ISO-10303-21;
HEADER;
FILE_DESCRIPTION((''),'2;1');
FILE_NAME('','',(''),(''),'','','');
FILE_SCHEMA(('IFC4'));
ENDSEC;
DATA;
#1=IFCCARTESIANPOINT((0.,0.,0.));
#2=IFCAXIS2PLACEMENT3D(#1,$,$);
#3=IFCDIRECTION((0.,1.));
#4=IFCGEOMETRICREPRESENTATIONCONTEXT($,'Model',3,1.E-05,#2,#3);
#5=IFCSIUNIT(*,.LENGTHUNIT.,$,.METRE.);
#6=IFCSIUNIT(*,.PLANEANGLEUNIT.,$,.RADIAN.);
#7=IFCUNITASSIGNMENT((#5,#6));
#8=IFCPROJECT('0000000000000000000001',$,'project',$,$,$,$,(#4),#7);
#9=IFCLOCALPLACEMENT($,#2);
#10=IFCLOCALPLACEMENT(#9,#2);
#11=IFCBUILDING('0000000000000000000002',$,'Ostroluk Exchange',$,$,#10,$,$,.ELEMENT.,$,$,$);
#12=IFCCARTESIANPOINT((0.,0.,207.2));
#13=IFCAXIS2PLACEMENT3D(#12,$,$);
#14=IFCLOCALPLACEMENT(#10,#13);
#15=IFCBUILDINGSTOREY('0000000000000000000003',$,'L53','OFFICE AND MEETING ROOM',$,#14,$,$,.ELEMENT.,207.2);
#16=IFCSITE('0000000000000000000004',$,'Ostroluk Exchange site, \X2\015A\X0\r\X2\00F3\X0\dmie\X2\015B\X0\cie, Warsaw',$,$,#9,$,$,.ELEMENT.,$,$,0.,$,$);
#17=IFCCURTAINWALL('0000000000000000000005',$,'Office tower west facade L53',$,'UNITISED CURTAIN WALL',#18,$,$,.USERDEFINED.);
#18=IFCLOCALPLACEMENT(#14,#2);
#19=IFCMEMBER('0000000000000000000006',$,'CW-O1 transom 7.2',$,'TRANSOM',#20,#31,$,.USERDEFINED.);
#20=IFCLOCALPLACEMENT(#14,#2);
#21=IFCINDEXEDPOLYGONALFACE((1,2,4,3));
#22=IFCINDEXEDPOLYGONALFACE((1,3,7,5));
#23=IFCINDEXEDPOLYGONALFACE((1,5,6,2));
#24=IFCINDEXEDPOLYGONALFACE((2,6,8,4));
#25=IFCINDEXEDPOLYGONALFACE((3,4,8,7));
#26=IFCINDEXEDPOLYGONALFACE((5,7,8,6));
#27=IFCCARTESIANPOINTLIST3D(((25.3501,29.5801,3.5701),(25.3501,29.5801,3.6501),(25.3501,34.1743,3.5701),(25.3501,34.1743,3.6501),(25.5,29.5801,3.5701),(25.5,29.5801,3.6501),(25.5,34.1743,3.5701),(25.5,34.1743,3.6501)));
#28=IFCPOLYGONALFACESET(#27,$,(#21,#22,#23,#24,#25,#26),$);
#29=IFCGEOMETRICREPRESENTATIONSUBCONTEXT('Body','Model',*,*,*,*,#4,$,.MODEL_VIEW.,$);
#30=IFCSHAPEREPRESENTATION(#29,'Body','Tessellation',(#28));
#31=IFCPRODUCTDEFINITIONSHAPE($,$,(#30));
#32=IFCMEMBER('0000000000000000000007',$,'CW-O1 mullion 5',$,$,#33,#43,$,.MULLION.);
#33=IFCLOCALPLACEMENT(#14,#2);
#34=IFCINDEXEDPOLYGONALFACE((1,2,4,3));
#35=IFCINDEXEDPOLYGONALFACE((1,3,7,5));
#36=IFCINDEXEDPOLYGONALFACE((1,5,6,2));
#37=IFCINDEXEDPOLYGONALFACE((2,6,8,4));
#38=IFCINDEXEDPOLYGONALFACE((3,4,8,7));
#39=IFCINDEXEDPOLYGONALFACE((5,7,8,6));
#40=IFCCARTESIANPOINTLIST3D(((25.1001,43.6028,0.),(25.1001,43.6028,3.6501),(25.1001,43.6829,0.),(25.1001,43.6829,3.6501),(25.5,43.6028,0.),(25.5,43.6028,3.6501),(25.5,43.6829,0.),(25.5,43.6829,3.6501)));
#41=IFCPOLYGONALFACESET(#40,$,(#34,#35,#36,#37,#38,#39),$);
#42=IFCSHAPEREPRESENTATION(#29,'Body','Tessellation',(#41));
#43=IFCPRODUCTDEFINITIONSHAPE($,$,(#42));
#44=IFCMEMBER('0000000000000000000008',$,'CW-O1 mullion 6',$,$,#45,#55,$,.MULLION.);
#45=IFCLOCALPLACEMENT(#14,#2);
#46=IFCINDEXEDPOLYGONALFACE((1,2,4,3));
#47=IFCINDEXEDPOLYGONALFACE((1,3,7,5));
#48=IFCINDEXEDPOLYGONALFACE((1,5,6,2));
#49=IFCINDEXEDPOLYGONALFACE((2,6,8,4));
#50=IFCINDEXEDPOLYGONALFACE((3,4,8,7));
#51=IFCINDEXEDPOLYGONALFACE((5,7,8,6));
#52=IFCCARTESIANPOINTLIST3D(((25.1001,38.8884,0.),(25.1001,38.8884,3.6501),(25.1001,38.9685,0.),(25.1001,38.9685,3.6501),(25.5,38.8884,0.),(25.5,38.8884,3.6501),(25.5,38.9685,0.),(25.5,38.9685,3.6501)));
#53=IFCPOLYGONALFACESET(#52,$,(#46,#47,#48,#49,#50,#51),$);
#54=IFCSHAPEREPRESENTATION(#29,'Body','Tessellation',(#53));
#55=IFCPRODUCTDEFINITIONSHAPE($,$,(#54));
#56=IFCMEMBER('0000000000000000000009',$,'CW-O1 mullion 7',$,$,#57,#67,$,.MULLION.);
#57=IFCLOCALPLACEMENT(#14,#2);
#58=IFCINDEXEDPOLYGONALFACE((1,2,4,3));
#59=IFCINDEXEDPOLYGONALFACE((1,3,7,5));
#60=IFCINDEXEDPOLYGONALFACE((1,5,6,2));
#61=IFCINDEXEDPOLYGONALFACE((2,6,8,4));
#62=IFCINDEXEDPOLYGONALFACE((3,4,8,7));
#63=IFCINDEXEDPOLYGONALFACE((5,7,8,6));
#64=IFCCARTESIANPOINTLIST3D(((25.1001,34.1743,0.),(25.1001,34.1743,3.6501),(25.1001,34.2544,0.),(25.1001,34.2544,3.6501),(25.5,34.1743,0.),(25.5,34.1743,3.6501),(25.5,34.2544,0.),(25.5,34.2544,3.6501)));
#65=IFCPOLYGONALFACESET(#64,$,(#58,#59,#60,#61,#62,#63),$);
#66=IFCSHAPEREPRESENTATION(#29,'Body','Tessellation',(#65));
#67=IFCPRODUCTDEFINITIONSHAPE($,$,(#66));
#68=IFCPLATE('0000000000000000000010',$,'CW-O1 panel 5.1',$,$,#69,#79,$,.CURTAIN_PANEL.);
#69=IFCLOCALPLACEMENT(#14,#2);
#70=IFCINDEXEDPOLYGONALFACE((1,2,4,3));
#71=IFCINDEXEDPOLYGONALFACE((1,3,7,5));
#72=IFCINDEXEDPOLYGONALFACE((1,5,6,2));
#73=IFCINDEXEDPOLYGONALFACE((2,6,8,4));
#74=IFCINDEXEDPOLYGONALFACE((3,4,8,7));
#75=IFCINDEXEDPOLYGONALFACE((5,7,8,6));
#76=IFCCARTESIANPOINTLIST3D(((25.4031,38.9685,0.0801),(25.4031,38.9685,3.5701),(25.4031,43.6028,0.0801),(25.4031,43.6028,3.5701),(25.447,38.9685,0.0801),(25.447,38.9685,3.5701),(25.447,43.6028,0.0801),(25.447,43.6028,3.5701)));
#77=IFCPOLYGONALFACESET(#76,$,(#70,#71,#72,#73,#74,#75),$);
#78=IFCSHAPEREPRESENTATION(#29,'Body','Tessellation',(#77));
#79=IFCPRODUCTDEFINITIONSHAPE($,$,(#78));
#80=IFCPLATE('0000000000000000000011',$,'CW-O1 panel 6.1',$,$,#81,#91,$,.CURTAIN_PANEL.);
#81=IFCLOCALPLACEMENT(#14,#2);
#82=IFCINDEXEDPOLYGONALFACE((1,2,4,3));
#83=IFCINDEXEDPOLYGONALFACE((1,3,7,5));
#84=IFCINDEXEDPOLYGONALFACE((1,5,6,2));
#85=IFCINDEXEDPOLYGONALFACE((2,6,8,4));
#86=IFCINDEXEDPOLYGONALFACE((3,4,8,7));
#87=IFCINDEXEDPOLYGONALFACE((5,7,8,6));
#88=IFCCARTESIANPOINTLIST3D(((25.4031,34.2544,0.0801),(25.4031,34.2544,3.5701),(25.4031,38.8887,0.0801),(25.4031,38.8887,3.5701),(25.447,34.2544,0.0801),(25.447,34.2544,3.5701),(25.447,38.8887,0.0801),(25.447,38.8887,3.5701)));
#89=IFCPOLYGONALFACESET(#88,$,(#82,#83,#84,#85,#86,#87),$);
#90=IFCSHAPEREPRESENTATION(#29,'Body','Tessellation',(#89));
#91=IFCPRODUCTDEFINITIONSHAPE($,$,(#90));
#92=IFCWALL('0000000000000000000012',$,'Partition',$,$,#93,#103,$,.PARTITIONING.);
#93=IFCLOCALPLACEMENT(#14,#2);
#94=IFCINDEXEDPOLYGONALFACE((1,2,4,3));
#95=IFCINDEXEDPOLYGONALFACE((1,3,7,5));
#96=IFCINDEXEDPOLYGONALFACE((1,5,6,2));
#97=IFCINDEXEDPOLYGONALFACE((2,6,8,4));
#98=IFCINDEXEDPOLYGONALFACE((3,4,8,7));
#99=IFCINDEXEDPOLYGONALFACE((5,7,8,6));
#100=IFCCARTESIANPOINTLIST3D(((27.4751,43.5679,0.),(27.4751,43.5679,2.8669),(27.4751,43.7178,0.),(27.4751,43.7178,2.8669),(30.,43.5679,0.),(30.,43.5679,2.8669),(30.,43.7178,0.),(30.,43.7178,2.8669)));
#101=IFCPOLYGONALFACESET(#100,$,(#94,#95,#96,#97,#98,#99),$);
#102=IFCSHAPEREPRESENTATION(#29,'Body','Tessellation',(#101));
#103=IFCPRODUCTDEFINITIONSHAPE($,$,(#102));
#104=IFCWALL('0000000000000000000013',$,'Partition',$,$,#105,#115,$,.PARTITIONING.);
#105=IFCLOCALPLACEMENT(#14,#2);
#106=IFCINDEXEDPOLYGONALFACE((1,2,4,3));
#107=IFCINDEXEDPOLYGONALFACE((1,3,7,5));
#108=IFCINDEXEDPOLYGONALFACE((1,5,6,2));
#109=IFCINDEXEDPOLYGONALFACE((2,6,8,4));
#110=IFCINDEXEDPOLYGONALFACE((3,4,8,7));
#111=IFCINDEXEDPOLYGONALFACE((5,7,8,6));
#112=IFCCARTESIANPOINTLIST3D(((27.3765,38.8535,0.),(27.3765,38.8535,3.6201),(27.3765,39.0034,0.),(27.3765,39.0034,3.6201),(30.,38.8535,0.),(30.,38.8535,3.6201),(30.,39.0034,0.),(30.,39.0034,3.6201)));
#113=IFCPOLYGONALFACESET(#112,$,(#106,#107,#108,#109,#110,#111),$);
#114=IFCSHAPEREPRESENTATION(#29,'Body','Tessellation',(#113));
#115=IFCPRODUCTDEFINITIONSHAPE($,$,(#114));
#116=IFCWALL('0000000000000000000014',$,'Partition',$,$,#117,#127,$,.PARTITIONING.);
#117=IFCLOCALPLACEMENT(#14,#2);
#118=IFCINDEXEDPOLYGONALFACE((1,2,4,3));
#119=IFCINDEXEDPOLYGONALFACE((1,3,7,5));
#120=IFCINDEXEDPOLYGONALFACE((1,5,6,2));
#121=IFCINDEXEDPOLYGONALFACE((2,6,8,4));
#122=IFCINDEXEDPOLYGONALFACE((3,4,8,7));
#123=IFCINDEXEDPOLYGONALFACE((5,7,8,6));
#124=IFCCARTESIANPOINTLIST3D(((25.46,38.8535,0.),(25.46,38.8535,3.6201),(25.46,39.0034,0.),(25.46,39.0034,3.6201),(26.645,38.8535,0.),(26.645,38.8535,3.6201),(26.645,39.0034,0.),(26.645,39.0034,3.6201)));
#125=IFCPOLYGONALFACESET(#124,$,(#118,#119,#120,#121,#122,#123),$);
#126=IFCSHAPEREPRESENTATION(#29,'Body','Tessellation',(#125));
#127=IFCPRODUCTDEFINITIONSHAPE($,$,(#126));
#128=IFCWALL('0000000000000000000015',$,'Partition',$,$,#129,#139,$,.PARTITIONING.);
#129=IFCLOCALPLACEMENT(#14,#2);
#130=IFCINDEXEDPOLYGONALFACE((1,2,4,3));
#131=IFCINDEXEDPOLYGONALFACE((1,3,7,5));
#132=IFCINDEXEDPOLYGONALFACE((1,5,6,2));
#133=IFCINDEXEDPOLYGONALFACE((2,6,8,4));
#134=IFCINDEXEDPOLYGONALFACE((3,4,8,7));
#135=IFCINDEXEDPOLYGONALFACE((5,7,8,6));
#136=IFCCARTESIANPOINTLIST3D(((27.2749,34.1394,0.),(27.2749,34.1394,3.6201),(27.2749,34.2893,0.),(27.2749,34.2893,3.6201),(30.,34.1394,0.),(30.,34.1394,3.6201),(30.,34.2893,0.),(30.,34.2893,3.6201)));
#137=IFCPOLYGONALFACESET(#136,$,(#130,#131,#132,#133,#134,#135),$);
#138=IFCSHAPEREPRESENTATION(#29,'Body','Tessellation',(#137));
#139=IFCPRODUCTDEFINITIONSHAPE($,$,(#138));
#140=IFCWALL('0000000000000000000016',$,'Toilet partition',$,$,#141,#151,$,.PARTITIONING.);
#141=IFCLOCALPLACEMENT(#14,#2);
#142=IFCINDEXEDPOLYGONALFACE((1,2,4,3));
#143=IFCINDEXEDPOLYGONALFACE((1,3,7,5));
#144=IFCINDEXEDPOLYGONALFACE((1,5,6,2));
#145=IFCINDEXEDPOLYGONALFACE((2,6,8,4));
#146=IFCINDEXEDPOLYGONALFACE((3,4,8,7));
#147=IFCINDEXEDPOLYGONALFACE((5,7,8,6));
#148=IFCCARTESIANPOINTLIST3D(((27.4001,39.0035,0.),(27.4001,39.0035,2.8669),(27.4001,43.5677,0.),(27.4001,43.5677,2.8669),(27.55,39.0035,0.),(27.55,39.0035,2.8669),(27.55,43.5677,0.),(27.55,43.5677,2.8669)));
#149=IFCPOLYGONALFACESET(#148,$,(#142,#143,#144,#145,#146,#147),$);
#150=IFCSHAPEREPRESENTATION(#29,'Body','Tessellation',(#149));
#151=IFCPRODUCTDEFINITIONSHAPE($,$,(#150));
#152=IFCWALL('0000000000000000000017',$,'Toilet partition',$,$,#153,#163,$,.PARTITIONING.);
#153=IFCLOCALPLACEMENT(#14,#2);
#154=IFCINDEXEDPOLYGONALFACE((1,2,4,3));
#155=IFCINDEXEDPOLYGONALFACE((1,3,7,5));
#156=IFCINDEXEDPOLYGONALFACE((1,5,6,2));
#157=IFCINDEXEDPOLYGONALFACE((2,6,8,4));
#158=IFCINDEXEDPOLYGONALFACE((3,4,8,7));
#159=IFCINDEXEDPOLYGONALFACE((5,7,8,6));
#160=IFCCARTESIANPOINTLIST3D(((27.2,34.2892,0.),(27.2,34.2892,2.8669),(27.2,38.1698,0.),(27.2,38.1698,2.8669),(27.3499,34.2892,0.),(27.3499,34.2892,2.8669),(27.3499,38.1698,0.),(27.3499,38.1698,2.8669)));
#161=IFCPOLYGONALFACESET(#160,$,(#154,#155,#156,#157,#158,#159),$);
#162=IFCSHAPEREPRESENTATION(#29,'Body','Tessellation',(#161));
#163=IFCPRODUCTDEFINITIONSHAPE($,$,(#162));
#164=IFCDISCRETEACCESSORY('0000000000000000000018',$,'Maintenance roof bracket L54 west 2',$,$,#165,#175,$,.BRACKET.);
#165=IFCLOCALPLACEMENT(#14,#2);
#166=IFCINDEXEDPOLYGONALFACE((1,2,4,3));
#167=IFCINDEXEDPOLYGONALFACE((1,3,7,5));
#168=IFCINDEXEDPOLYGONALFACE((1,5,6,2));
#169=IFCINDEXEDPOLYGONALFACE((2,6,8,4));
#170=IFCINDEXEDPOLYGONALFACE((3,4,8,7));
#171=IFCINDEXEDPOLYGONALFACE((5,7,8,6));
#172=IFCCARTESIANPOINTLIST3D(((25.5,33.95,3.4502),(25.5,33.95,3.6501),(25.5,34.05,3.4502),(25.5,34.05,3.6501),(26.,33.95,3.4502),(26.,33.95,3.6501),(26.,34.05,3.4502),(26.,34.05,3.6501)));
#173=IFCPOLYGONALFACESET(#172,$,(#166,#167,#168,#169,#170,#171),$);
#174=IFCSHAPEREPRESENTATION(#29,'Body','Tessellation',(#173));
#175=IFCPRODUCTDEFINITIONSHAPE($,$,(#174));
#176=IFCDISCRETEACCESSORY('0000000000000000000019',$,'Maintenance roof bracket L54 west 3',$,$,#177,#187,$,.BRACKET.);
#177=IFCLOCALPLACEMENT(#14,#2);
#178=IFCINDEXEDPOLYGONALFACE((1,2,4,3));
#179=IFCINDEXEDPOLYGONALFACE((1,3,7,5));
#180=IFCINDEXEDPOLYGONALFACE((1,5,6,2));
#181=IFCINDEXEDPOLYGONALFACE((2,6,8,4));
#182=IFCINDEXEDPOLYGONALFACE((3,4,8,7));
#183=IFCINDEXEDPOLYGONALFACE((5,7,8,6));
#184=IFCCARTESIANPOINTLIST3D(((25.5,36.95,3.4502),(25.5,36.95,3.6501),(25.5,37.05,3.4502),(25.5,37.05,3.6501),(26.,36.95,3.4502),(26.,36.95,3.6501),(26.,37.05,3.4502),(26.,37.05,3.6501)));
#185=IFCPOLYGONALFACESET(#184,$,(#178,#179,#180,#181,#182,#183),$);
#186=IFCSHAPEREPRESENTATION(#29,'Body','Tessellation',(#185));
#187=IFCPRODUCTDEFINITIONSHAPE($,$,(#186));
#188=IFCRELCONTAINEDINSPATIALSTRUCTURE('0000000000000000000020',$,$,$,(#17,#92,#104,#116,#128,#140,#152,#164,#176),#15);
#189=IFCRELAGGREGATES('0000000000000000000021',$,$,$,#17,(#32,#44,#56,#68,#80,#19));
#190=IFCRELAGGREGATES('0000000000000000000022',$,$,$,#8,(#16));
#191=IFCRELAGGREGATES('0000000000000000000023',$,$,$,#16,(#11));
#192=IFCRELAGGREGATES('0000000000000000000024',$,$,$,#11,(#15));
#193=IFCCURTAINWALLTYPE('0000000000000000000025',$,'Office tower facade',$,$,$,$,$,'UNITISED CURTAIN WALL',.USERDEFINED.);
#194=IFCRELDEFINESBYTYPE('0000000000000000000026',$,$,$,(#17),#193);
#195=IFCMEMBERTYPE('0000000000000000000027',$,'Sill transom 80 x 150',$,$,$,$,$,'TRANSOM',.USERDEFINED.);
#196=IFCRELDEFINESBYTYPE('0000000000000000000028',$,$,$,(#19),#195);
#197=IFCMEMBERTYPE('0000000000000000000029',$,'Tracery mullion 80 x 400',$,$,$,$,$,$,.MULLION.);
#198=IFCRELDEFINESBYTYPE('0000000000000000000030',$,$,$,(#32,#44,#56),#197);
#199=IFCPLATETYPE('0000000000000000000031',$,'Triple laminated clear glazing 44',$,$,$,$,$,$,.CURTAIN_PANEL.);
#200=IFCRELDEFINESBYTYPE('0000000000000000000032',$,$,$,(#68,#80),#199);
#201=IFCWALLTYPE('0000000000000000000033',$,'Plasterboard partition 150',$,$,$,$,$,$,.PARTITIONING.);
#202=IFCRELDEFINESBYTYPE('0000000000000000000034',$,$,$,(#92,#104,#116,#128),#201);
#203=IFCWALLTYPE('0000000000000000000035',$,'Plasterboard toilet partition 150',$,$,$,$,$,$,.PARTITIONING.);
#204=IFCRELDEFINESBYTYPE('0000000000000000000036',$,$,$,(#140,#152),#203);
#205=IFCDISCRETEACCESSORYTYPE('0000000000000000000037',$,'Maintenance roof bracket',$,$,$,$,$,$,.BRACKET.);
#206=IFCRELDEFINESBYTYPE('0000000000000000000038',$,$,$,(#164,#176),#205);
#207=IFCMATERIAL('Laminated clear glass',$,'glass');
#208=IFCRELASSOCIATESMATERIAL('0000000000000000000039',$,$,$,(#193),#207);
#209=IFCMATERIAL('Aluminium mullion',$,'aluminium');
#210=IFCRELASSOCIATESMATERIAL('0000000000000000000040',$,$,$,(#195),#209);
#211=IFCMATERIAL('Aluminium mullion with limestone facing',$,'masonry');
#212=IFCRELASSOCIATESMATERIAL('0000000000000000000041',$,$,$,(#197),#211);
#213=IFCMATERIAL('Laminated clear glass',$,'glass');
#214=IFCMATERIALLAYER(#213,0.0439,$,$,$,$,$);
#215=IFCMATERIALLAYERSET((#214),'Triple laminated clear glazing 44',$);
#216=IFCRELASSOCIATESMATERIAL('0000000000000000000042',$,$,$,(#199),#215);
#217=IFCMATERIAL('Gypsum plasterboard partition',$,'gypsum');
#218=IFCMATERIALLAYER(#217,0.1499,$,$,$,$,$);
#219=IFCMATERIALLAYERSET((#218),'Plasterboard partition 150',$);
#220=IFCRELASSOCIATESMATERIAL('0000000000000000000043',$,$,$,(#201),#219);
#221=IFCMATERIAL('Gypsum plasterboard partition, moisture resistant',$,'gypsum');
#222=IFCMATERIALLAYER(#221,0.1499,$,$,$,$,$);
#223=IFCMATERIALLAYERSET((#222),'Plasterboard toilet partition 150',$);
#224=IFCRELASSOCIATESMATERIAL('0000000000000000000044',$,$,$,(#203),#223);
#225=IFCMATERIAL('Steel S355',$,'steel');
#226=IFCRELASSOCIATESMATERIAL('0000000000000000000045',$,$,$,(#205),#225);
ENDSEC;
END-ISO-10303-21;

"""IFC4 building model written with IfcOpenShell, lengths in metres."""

from ifc_helpers import new_model, si_unit, direction, frame, frame_2d, origin, origin_2d, place, context, subcontext, project, spatial, rectangle, extrude, material, layer, layer_set, material_profile, profile_set, type_object, element, aggregate, save


model = new_model("IFC4")

# Units and contexts
model_context = context("Model", 3, precision=1e-05, world=origin(), true_north=direction((0.0, 1.0)))
body_context = subcontext(model_context, "Body", "Model", "MODEL_VIEW")
ifc_project = project(units=[si_unit("LENGTHUNIT", "METRE"), si_unit("PLANEANGLEUNIT", "RADIAN")], contexts=[model_context])

# Site, building, storey
site_placement = place(None, origin())
site = spatial("IfcSite", under=ifc_project, at=site_placement, Name="Ostroluk Exchange site, Śródmieście, Warsaw", CompositionType="ELEMENT", RefElevation=0.0)
building_placement = place(site_placement, origin())
building = spatial("IfcBuilding", under=site, at=building_placement, Name="Ostroluk Exchange", CompositionType="ELEMENT")
storey_placement = place(building_placement, frame((0.0, 0.0, 207.2)))
storey = spatial("IfcBuildingStorey", under=building, at=storey_placement, Name="L53", Description="OFFICE AND MEETING ROOM", CompositionType="ELEMENT", Elevation=207.2)

# Curtain wall, members, plates
ifc_material_1 = material(Name="Laminated clear glass", Category="glass")
curtain_wall_type = type_object("IfcCurtainWallType", Name="Office tower facade", ElementType="UNITISED CURTAIN WALL", PredefinedType="USERDEFINED", material=ifc_material_1)
curtain_wall_placement = place(storey_placement, origin())
curtain_wall = element("IfcCurtainWall", 1, at=curtain_wall_placement, inside=storey, type_object=curtain_wall_type, Name="Office tower west facade L53", ObjectType="UNITISED CURTAIN WALL", PredefinedType="USERDEFINED")
ifc_material_2 = material(Name="Aluminium mullion", Category="aluminium")
ifc_material_profile_1 = material_profile(ifc_material_2, rectangle(XDim=0.1499, YDim=0.0801, at=origin_2d()), Name="Sill transom 80 x 150")
ifc_profile_set_1 = profile_set([ifc_material_profile_1], Name="Aluminium mullion")
member_type_1 = type_object("IfcMemberType", Name="Sill transom 80 x 150", ElementType="TRANSOM", PredefinedType="USERDEFINED", material=ifc_profile_set_1)
member_1_placement = place(storey_placement, frame((25.425, 34.1743, 3.6101), z_axis=(0.0, -1.0, 0.0), x_axis=(1.0, 0.0, 0.0)))
member_1 = element("IfcMember", 2, at=member_1_placement, type_object=member_type_1, Name="CW-O1 transom 7.2", ObjectType="TRANSOM", PredefinedType="USERDEFINED", context=body_context, shape_type="SweptSolid", body=[
    extrude(rectangle(XDim=0.1499, YDim=0.0801, at=origin_2d()), origin(), (0.0, 0.0, 1.0), 4.5942),
])
ifc_material_3 = material(Name="Aluminium mullion with limestone facing", Category="masonry")
ifc_material_profile_2 = material_profile(ifc_material_3, rectangle(XDim=0.3999, YDim=0.0801, at=origin_2d()), Name="Tracery mullion 80 x 400")
ifc_profile_set_2 = profile_set([ifc_material_profile_2], Name="Aluminium mullion with limestone facing")
member_type_2 = type_object("IfcMemberType", Name="Tracery mullion 80 x 400", PredefinedType="MULLION", material=ifc_profile_set_2)
member_2_placement = place(storey_placement, frame((25.3, 43.6428, 0.0), z_axis=(0.0, 0.0, 1.0), x_axis=(1.0, 0.0, 0.0)))
member_2 = element("IfcMember", 3, at=member_2_placement, type_object=member_type_2, Name="CW-O1 mullion 5", PredefinedType="MULLION", context=body_context, shape_type="SweptSolid", body=[
    extrude(rectangle(XDim=0.3999, YDim=0.0801, at=origin_2d()), origin(), (0.0, 0.0, 1.0), 3.6501),
])
member_3_placement = place(storey_placement, frame((25.3, 38.9285, 0.0), z_axis=(0.0, 0.0, 1.0), x_axis=(1.0, 0.0, 0.0)))
member_3 = element("IfcMember", 4, at=member_3_placement, type_object=member_type_2, Name="CW-O1 mullion 6", PredefinedType="MULLION", context=body_context, shape_type="SweptSolid", body=[
    extrude(rectangle(XDim=0.3999, YDim=0.0801, at=origin_2d()), origin(), (0.0, 0.0, 1.0), 3.6501),
])
member_4_placement = place(storey_placement, frame((25.3, 34.2144, 0.0), z_axis=(0.0, 0.0, 1.0), x_axis=(1.0, 0.0, 0.0)))
member_4 = element("IfcMember", 5, at=member_4_placement, type_object=member_type_2, Name="CW-O1 mullion 7", PredefinedType="MULLION", context=body_context, shape_type="SweptSolid", body=[
    extrude(rectangle(XDim=0.3999, YDim=0.0801, at=origin_2d()), origin(), (0.0, 0.0, 1.0), 3.6501),
])
ifc_material_4 = material(Name="Laminated clear glass", Category="glass")
ifc_layer_1 = layer(ifc_material_4, 0.0439)
ifc_layer_set_1 = layer_set([ifc_layer_1], Name="Triple laminated clear glazing 44")
plate_type = type_object("IfcPlateType", Name="Triple laminated clear glazing 44", PredefinedType="CURTAIN_PANEL", material=ifc_layer_set_1)
plate_1_placement = place(storey_placement, frame((25.425, 41.2856, 0.0801), z_axis=(0.0, 0.0, 1.0), x_axis=(0.0, -1.0, 0.0)))
plate_1 = element("IfcPlate", 6, at=plate_1_placement, type_object=plate_type, Name="CW-O1 panel 5.1", PredefinedType="CURTAIN_PANEL", context=body_context, shape_type="SweptSolid", body=[
    extrude(rectangle(XDim=4.6343, YDim=0.0439, at=origin_2d()), origin(), (0.0, 0.0, 1.0), 3.49),
])
plate_2_placement = place(storey_placement, frame((25.425, 36.5715, 0.0801), z_axis=(0.0, 0.0, 1.0), x_axis=(0.0, -1.0, 0.0)))
plate_2 = element("IfcPlate", 7, at=plate_2_placement, type_object=plate_type, Name="CW-O1 panel 6.1", PredefinedType="CURTAIN_PANEL", context=body_context, shape_type="SweptSolid", body=[
    extrude(rectangle(XDim=4.6343, YDim=0.0439, at=origin_2d()), origin(), (0.0, 0.0, 1.0), 3.49),
])
aggregate(curtain_wall, [member_2, member_3, member_4, plate_1, plate_2, member_1])

# Walls
ifc_material_5 = material(Name="Gypsum plasterboard partition", Category="gypsum")
ifc_layer_2 = layer(ifc_material_5, 0.1499)
ifc_layer_set_2 = layer_set([ifc_layer_2], Name="Plasterboard partition 150")
wall_type_1 = type_object("IfcWallType", Name="Plasterboard partition 150", PredefinedType="PARTITIONING", material=ifc_layer_set_2)
wall_1_placement = place(storey_placement, frame((30.0, 43.6428, 0.0), z_axis=(0.0, 0.0, 1.0), x_axis=(-1.0, 0.0, 0.0)))
element("IfcWall", 8, at=wall_1_placement, inside=storey, type_object=wall_type_1, Name="Partition", PredefinedType="PARTITIONING", context=body_context, shape_type="SweptSolid", body=[
    extrude(rectangle(XDim=2.5249, YDim=0.1499, at=frame_2d((1.2625, 0.0))), origin(), (0.0, 0.0, 1.0), 2.8669),
])
wall_2_placement = place(storey_placement, frame((30.0, 38.9285, 0.0), z_axis=(0.0, 0.0, 1.0), x_axis=(-1.0, 0.0, 0.0)))
element("IfcWall", 9, at=wall_2_placement, inside=storey, type_object=wall_type_1, Name="Partition", PredefinedType="PARTITIONING", context=body_context, shape_type="SweptSolid", body=[
    extrude(rectangle(XDim=2.6235, YDim=0.1499, at=frame_2d((1.3118, 0.0))), origin(), (0.0, 0.0, 1.0), 3.6201),
])
wall_3_placement = place(storey_placement, frame((26.645, 38.9285, 0.0), z_axis=(0.0, 0.0, 1.0), x_axis=(-1.0, 0.0, 0.0)))
element("IfcWall", 10, at=wall_3_placement, inside=storey, type_object=wall_type_1, Name="Partition", PredefinedType="PARTITIONING", context=body_context, shape_type="SweptSolid", body=[
    extrude(rectangle(XDim=1.1851, YDim=0.1499, at=frame_2d((0.5925, 0.0))), origin(), (0.0, 0.0, 1.0), 3.6201),
])
wall_4_placement = place(storey_placement, frame((30.0, 34.2144, 0.0), z_axis=(0.0, 0.0, 1.0), x_axis=(-1.0, 0.0, 0.0)))
element("IfcWall", 11, at=wall_4_placement, inside=storey, type_object=wall_type_1, Name="Partition", PredefinedType="PARTITIONING", context=body_context, shape_type="SweptSolid", body=[
    extrude(rectangle(XDim=2.7251, YDim=0.1499, at=frame_2d((1.3625, 0.0))), origin(), (0.0, 0.0, 1.0), 3.6201),
])
ifc_material_6 = material(Name="Gypsum plasterboard partition, moisture resistant", Category="gypsum")
ifc_layer_3 = layer(ifc_material_6, 0.1499)
ifc_layer_set_3 = layer_set([ifc_layer_3], Name="Plasterboard toilet partition 150")
wall_type_2 = type_object("IfcWallType", Name="Plasterboard toilet partition 150", PredefinedType="PARTITIONING", material=ifc_layer_set_3)
wall_5_placement = place(storey_placement, frame((27.4751, 43.5679, 0.0), z_axis=(0.0, 0.0, 1.0), x_axis=(0.0, -1.0, 0.0)))
element("IfcWall", 12, at=wall_5_placement, inside=storey, type_object=wall_type_2, Name="Toilet partition", PredefinedType="PARTITIONING", context=body_context, shape_type="SweptSolid", body=[
    extrude(rectangle(XDim=4.5642, YDim=0.1499, at=frame_2d((2.2822, 0.0))), origin(), (0.0, 0.0, 1.0), 2.8669),
])
wall_6_placement = place(storey_placement, frame((27.2749, 38.1699, 0.0), z_axis=(0.0, 0.0, 1.0), x_axis=(0.0, -1.0, 0.0)))
element("IfcWall", 13, at=wall_6_placement, inside=storey, type_object=wall_type_2, Name="Toilet partition", PredefinedType="PARTITIONING", context=body_context, shape_type="SweptSolid", body=[
    extrude(rectangle(XDim=3.8806, YDim=0.1499, at=frame_2d((1.9404, 0.0))), origin(), (0.0, 0.0, 1.0), 2.8669),
])

# Discrete accessories
ifc_material_7 = material(Name="Steel S355", Category="steel")
discrete_accessory_type = type_object("IfcDiscreteAccessoryType", Name="Maintenance roof bracket", PredefinedType="BRACKET", material=ifc_material_7)
for number, where, z_axis, x_axis, name in (
    (14, (25.75, 34.0, 3.4502), (0.0, 0.0, 1.0), (1.0, 0.0, 0.0), "Maintenance roof bracket L54 west 2"),
    (15, (25.75, 37.0, 3.4502), (0.0, 0.0, 1.0), (1.0, 0.0, 0.0), "Maintenance roof bracket L54 west 3"),
):
    element("IfcDiscreteAccessory", number, at=place(storey_placement, frame(where, z_axis=z_axis, x_axis=x_axis)), inside=storey, type_object=discrete_accessory_type, Name=name, PredefinedType="BRACKET", context=body_context, shape_type="SweptSolid", body=[
        extrude(rectangle(XDim=0.5, YDim=0.1001, at=origin_2d()), origin(), (0.0, 0.0, 1.0), 0.2),
    ])

save(model, "model.ifc")
